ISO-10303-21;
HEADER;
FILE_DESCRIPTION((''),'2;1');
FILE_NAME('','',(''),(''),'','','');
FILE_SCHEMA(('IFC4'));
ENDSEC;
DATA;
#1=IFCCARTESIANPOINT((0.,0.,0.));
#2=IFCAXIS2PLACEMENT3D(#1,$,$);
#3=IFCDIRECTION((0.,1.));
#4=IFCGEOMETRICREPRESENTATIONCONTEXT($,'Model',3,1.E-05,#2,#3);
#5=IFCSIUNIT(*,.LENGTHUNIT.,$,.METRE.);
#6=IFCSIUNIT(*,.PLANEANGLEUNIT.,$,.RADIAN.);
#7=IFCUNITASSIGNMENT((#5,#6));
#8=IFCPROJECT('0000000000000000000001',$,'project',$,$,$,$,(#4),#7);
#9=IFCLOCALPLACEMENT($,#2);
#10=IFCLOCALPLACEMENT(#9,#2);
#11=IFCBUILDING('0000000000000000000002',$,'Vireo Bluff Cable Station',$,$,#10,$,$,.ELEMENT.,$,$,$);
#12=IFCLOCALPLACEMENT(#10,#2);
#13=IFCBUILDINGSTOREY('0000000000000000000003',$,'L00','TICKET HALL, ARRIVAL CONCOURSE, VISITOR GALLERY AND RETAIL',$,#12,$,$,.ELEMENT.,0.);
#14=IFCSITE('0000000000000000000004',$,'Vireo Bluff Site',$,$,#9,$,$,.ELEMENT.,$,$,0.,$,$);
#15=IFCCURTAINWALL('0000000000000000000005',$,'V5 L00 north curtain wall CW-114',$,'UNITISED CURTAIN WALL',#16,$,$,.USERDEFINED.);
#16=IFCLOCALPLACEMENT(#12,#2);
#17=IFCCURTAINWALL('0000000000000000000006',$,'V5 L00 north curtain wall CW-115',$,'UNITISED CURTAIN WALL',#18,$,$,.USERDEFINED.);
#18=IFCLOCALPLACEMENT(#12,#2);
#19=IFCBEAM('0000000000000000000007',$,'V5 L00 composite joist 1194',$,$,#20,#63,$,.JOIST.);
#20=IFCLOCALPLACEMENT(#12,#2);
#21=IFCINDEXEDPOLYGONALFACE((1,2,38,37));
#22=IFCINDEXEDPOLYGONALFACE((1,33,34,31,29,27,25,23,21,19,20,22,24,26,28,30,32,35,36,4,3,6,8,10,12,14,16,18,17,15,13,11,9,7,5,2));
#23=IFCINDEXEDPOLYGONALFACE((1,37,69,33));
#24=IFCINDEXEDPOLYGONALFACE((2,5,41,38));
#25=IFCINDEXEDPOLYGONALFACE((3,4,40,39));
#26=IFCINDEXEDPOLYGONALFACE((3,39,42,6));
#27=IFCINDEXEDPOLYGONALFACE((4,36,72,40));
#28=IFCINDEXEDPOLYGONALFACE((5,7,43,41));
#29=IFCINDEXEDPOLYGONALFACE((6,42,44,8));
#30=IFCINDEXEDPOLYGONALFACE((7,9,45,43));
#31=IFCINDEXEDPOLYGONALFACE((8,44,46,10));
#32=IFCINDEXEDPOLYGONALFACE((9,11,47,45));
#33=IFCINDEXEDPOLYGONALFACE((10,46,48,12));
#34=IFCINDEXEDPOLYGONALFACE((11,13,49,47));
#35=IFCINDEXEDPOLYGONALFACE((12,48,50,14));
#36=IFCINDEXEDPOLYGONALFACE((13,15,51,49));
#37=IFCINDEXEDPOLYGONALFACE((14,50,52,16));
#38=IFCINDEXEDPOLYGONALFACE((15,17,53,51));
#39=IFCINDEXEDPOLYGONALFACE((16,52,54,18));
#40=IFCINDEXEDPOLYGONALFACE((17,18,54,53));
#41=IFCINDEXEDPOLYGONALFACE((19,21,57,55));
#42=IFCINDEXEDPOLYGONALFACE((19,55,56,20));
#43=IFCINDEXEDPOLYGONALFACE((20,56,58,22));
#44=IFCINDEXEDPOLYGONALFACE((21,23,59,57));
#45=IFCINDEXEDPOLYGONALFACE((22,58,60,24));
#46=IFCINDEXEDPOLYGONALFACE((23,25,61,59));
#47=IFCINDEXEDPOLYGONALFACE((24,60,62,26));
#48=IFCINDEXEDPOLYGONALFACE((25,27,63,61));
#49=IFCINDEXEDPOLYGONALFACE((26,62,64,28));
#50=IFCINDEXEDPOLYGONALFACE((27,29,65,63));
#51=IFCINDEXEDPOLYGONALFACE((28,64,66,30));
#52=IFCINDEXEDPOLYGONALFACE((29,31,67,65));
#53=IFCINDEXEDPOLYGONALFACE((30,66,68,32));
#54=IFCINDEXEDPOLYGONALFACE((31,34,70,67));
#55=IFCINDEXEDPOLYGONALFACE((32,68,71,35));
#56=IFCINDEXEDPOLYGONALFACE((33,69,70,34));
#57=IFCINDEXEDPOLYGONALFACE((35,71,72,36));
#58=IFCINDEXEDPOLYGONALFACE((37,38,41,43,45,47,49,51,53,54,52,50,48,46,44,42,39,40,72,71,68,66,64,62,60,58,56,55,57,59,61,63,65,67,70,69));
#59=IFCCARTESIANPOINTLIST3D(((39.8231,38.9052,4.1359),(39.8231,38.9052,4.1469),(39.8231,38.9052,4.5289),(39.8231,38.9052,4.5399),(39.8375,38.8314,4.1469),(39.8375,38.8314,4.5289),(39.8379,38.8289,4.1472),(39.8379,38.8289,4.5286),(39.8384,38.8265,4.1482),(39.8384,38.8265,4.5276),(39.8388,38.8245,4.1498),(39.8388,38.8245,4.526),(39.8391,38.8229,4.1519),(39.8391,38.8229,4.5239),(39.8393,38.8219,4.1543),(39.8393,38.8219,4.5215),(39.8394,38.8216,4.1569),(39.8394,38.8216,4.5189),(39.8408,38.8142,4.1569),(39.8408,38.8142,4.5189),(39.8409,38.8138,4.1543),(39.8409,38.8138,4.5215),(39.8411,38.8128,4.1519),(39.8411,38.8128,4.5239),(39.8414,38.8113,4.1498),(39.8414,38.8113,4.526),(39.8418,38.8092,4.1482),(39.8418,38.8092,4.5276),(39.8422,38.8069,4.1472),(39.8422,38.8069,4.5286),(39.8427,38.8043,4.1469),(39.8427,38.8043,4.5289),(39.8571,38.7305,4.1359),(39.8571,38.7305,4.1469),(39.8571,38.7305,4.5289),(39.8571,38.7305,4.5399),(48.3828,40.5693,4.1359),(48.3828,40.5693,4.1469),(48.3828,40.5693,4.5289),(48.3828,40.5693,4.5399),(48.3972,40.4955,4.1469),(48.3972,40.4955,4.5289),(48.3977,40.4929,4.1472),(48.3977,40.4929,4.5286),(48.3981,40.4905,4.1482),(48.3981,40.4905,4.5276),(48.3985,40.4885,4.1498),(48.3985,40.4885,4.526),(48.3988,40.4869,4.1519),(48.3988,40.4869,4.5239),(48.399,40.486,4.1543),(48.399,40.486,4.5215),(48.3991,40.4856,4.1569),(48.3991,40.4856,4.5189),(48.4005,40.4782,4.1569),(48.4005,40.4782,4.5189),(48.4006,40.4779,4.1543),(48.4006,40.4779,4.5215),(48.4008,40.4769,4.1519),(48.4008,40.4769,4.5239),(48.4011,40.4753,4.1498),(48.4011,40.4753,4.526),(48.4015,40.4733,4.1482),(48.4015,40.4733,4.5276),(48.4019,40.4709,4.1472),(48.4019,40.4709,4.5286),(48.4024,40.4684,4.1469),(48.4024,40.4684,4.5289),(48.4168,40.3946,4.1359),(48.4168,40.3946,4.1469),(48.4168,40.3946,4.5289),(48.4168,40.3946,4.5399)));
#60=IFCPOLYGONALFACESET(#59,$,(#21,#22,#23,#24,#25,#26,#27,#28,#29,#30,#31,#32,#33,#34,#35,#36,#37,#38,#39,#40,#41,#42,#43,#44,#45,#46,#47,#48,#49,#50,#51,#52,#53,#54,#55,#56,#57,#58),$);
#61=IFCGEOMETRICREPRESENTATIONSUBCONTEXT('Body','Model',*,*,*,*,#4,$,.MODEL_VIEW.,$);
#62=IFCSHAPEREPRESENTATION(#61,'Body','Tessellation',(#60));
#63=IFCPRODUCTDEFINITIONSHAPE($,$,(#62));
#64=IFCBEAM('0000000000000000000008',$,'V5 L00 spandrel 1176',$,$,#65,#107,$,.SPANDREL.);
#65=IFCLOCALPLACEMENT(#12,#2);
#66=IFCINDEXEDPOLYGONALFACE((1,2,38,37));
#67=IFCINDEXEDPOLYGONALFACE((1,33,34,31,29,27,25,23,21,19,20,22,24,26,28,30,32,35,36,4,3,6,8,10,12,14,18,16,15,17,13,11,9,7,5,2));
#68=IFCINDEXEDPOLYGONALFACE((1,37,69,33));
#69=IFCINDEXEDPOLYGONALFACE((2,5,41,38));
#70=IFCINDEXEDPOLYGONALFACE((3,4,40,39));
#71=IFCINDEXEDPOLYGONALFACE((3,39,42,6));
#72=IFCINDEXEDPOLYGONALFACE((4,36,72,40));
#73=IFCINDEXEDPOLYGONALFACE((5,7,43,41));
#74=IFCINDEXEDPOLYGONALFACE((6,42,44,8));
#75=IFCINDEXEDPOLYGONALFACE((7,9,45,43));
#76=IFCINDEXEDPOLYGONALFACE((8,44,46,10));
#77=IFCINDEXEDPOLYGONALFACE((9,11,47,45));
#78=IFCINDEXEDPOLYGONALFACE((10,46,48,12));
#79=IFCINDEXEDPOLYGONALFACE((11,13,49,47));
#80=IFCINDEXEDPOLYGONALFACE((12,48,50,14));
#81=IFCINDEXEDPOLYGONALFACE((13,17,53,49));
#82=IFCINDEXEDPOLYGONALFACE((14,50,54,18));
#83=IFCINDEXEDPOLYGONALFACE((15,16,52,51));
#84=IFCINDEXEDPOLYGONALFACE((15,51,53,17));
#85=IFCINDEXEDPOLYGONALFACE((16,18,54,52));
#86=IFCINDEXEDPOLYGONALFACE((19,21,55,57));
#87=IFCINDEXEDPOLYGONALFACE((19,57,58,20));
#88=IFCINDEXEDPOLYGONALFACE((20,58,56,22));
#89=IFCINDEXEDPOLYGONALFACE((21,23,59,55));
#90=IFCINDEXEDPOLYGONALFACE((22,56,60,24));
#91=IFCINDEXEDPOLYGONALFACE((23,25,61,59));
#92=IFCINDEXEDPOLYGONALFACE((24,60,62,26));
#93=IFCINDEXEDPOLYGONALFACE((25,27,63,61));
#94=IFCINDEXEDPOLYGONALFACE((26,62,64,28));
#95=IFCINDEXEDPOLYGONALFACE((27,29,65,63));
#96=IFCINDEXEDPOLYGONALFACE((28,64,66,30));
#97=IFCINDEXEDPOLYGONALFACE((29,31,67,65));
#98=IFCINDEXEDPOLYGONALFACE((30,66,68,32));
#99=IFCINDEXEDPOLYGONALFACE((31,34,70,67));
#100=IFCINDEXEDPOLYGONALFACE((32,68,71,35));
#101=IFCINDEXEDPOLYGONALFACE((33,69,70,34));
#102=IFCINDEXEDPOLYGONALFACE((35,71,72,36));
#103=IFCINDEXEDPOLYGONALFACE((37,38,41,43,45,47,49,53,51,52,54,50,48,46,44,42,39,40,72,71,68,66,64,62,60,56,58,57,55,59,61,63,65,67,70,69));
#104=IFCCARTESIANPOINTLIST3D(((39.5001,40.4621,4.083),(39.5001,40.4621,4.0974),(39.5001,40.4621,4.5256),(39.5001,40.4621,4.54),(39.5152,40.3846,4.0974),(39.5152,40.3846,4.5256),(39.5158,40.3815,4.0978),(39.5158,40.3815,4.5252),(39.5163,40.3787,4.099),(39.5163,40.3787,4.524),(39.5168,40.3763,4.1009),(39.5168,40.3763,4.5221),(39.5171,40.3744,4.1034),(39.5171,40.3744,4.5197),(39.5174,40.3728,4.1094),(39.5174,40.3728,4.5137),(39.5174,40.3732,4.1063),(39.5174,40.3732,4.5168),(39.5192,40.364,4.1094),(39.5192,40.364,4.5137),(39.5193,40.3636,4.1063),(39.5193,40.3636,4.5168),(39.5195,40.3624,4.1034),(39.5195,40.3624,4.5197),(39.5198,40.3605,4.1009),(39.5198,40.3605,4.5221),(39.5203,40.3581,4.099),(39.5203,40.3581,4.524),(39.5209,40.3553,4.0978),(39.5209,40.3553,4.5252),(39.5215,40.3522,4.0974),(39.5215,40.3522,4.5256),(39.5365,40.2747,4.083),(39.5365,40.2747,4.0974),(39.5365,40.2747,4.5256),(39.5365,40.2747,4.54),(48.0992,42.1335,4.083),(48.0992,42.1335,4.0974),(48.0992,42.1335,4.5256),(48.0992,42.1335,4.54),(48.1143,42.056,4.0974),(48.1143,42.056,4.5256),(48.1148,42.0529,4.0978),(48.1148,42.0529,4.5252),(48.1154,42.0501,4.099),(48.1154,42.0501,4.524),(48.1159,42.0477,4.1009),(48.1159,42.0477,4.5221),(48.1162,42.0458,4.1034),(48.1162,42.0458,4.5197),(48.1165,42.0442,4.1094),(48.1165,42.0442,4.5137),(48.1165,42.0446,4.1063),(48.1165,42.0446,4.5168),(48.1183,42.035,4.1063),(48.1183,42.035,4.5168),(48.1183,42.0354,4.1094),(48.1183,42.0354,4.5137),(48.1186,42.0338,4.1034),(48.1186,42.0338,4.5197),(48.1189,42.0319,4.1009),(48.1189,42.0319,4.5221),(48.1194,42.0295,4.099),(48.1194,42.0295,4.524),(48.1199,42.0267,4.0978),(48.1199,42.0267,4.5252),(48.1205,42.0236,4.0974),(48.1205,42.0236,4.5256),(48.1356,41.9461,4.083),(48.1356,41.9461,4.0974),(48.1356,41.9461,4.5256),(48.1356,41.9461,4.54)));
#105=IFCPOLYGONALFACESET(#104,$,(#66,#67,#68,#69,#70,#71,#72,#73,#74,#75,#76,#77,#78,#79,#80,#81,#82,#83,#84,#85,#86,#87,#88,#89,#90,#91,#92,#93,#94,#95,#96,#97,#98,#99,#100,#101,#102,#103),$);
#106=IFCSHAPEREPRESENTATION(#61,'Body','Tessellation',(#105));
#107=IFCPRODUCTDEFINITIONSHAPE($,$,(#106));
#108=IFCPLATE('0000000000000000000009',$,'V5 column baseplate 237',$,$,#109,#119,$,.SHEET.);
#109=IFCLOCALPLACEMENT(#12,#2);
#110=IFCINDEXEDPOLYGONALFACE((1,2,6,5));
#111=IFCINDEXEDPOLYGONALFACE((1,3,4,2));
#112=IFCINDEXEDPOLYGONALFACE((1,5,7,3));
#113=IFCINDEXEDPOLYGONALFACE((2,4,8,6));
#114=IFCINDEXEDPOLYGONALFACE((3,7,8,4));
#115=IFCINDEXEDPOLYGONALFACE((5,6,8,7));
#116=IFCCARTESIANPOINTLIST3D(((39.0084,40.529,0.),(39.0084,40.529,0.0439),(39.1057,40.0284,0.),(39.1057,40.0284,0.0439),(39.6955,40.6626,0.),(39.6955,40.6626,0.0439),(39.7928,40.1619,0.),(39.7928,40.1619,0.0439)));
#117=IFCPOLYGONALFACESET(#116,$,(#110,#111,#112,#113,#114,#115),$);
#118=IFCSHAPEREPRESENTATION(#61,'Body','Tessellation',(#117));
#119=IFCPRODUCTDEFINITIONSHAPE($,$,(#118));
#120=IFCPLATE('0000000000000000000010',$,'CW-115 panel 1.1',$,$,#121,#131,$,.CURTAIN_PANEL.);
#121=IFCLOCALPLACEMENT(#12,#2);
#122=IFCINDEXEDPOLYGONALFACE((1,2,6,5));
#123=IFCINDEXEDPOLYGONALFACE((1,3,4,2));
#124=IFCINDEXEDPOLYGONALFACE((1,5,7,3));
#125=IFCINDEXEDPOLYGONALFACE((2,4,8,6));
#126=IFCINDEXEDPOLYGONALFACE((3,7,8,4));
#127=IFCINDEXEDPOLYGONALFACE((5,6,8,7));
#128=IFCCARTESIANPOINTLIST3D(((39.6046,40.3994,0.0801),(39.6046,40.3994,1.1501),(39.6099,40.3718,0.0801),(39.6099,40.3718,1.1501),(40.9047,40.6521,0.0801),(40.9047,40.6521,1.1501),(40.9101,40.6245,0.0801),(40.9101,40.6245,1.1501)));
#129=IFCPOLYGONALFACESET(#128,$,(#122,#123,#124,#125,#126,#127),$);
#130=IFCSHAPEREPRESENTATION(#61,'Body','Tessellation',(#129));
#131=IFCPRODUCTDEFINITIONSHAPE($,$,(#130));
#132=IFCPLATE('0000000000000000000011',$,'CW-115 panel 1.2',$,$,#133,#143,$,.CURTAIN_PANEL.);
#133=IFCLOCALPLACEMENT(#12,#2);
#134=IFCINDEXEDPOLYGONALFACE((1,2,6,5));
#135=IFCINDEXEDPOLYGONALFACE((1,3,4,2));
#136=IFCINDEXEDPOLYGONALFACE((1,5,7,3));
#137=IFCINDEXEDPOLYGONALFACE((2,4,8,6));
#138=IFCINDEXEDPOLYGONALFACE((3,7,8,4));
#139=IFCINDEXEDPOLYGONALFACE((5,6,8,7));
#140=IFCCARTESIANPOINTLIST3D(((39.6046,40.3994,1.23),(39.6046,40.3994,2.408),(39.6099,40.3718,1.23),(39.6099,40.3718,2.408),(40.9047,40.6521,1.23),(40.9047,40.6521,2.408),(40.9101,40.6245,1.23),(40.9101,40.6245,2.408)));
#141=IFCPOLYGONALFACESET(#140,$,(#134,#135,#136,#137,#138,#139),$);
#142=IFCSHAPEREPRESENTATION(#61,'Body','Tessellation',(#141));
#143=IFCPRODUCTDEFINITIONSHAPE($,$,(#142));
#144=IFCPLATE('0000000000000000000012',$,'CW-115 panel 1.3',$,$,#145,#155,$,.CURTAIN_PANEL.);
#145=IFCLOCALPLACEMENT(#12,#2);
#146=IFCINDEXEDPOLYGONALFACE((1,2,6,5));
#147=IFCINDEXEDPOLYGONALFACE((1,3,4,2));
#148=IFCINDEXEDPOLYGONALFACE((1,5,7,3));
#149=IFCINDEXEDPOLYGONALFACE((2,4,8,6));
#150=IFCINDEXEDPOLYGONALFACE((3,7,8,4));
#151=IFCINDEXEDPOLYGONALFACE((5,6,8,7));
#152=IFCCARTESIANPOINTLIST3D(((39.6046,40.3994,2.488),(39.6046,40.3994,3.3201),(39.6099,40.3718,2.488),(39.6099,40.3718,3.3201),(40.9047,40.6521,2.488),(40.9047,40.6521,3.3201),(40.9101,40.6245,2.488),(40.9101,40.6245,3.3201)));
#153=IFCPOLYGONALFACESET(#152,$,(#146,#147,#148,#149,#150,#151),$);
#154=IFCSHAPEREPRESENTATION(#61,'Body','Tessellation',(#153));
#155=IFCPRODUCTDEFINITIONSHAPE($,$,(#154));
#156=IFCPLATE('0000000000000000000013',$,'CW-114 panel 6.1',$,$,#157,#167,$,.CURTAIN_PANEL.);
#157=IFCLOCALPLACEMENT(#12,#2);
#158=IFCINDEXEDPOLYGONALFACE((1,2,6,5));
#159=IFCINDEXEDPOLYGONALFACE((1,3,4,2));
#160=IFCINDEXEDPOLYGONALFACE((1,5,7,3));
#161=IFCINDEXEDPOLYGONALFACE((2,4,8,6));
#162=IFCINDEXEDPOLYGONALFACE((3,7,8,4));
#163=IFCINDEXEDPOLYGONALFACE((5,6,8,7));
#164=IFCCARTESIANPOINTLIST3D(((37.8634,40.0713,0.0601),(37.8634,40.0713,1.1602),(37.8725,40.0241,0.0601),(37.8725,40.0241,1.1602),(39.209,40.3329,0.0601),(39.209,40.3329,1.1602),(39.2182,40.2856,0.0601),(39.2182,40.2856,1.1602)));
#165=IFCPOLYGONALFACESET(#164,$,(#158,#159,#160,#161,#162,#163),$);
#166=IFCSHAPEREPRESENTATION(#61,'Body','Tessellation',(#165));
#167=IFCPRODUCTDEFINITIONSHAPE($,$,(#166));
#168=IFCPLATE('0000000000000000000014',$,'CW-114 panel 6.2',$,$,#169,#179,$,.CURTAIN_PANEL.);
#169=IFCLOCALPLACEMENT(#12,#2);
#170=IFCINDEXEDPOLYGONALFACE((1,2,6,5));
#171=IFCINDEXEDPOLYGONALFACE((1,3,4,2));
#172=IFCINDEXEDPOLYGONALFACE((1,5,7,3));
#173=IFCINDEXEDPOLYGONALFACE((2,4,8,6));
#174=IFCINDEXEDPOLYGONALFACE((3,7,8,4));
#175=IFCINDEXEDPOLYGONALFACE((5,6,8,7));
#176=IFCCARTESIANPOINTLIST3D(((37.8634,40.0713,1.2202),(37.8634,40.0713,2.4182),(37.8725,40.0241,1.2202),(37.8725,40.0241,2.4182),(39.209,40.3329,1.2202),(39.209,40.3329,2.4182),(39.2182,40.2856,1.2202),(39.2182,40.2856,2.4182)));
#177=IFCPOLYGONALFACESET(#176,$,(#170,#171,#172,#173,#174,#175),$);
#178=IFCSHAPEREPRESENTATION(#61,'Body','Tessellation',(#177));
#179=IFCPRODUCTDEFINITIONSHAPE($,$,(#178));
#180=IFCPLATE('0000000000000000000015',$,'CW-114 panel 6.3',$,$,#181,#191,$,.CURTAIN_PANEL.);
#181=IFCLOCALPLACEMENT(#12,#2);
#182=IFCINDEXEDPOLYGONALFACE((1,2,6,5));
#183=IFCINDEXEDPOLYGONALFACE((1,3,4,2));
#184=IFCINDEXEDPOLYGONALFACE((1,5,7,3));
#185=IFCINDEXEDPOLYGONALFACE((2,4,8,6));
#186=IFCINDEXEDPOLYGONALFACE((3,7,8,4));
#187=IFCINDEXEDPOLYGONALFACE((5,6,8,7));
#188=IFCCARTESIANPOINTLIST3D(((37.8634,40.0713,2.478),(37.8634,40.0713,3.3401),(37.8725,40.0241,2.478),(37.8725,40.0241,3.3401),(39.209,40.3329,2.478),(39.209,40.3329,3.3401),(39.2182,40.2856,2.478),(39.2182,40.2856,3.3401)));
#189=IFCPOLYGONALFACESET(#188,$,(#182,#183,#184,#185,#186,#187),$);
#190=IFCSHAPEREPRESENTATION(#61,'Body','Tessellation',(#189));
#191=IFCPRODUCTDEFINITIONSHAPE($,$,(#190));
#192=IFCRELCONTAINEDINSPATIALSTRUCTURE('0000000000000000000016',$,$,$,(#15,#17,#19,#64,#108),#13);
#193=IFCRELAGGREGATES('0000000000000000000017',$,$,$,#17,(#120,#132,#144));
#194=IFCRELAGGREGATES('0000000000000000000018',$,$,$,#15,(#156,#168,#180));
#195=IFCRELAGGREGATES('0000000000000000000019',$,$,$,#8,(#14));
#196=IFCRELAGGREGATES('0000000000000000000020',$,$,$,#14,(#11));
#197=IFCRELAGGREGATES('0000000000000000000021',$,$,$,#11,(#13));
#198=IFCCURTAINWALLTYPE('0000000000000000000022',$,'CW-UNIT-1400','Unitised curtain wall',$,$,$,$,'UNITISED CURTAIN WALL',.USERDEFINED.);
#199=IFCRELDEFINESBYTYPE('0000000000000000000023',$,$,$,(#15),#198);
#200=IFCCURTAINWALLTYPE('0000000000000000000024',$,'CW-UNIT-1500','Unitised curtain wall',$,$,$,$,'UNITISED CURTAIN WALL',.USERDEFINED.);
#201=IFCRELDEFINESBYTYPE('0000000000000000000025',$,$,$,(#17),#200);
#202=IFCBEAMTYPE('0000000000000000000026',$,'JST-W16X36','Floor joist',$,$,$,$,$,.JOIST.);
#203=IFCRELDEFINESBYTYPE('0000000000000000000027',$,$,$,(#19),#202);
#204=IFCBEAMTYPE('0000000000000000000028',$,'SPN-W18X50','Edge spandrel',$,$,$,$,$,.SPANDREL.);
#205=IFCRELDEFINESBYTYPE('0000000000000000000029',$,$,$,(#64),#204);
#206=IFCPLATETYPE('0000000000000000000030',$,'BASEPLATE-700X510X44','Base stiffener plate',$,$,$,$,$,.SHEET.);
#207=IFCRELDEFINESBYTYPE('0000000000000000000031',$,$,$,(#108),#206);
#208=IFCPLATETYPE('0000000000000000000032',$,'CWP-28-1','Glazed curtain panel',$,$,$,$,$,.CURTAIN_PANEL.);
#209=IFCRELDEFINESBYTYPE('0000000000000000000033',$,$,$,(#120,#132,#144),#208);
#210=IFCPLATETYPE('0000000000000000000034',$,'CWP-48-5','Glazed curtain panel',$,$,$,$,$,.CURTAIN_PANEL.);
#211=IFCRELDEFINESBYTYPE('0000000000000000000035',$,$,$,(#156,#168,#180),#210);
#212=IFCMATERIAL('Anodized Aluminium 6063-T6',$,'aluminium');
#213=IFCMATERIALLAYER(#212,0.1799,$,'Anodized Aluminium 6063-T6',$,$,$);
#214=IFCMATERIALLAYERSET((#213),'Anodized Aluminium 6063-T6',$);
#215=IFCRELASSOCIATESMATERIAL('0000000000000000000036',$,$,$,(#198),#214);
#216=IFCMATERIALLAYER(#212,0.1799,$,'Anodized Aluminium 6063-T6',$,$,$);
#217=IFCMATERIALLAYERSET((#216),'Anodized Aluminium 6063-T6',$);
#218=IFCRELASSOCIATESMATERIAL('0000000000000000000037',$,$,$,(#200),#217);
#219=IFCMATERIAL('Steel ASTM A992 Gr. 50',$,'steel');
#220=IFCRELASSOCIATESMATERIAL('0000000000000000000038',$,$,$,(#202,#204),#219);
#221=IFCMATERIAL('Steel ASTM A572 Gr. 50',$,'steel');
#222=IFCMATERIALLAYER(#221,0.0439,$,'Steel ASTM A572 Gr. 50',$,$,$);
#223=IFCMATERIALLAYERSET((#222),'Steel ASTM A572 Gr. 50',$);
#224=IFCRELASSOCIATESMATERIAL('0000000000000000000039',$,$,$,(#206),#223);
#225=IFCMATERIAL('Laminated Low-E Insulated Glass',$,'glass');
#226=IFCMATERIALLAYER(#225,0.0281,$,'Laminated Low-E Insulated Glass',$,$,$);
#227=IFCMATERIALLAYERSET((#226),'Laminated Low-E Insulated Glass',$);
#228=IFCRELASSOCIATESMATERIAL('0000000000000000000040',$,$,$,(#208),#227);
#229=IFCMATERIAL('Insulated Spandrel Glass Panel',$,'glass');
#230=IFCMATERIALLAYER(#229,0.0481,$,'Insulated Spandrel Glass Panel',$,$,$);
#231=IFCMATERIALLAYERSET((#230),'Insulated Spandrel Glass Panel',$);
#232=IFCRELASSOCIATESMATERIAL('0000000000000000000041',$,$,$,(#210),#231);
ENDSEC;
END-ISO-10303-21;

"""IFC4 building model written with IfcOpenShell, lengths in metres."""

from ifc_helpers import new_model, si_unit, direction, frame, origin, origin_2d, place, context, subcontext, project, spatial, rectangle, i_section, extrude, material, layer, layer_set, material_profile, profile_set, type_object, element, aggregate, save


model = new_model("IFC4")

# Units and contexts
model_context = context("Model", 3, precision=1e-05, world=origin(), true_north=direction((0.0, 1.0)))
body_context = subcontext(model_context, "Body", "Model", "MODEL_VIEW")
ifc_project = project(units=[si_unit("LENGTHUNIT", "METRE"), si_unit("PLANEANGLEUNIT", "RADIAN")], contexts=[model_context])

# Site, building, storey
site_placement = place(None, origin())
site = spatial("IfcSite", under=ifc_project, at=site_placement, Name="Vireo Bluff Site", CompositionType="ELEMENT", RefElevation=0.0)
building_placement = place(site_placement, origin())
building = spatial("IfcBuilding", under=site, at=building_placement, Name="Vireo Bluff Cable Station", CompositionType="ELEMENT")
storey_placement = place(building_placement, origin())
storey = spatial("IfcBuildingStorey", under=building, at=storey_placement, Name="L00", Description="TICKET HALL, ARRIVAL CONCOURSE, VISITOR GALLERY AND RETAIL", CompositionType="ELEMENT", Elevation=0.0)

# Shared definitions
ifc_material_1 = material(Name="Steel ASTM A992 Gr. 50", Category="steel")

# Curtain walls
ifc_material_2 = material(Name="Anodized Aluminium 6063-T6", Category="aluminium")
ifc_layer_1 = layer(ifc_material_2, 0.1799, Name="Anodized Aluminium 6063-T6")
ifc_layer_set_1 = layer_set([ifc_layer_1], Name="Anodized Aluminium 6063-T6")
curtain_wall_type_1 = type_object("IfcCurtainWallType", Name="CW-UNIT-1400", Description="Unitised curtain wall", ElementType="UNITISED CURTAIN WALL", PredefinedType="USERDEFINED", material=ifc_layer_set_1)
curtain_wall_1_placement = place(storey_placement, origin())
curtain_wall_1 = element("IfcCurtainWall", 1, at=curtain_wall_1_placement, inside=storey, type_object=curtain_wall_type_1, Name="V5 L00 north curtain wall CW-114", ObjectType="UNITISED CURTAIN WALL", PredefinedType="USERDEFINED")
ifc_layer_2 = layer(ifc_material_2, 0.1799, Name="Anodized Aluminium 6063-T6")
ifc_layer_set_2 = layer_set([ifc_layer_2], Name="Anodized Aluminium 6063-T6")
curtain_wall_type_2 = type_object("IfcCurtainWallType", Name="CW-UNIT-1500", Description="Unitised curtain wall", ElementType="UNITISED CURTAIN WALL", PredefinedType="USERDEFINED", material=ifc_layer_set_2)
curtain_wall_2_placement = place(storey_placement, origin())
curtain_wall_2 = element("IfcCurtainWall", 2, at=curtain_wall_2_placement, inside=storey, type_object=curtain_wall_type_2, Name="V5 L00 north curtain wall CW-115", ObjectType="UNITISED CURTAIN WALL", PredefinedType="USERDEFINED")

# Beams
ifc_material_profile_1 = material_profile(ifc_material_1, i_section(OverallWidth=0.178, OverallDepth=0.4041, WebThickness=0.0076, FlangeThickness=0.011, FilletRadius=0.01, at=origin_2d()), Name="W16X36")
ifc_profile_set_1 = profile_set([ifc_material_profile_1], Name="Steel ASTM A992 Gr. 50")
beam_type_1 = type_object("IfcBeamType", Name="JST-W16X36", Description="Floor joist", PredefinedType="JOIST", material=ifc_profile_set_1)
beam_1_placement = place(storey_placement, frame((39.8401, 38.8179, 4.3379), z_axis=(0.981623, 0.190831, 0.0), x_axis=(-0.190831, 0.981623, 0.0)))
element("IfcBeam", 3, at=beam_1_placement, inside=storey, type_object=beam_type_1, Name="V5 L00 composite joist 1194", PredefinedType="JOIST", context=body_context, shape_type="SweptSolid", body=[
    extrude(i_section(OverallWidth=0.178, OverallDepth=0.4041, WebThickness=0.0076, FlangeThickness=0.011, FilletRadius=0.01, at=origin_2d()), origin(), (0.0, 0.0, 1.0), 8.72),
])
ifc_material_profile_2 = material_profile(ifc_material_1, i_section(OverallWidth=0.1909, OverallDepth=0.457, WebThickness=0.009, FlangeThickness=0.0144, FilletRadius=0.012, at=origin_2d()), Name="W18X50")
ifc_profile_set_2 = profile_set([ifc_material_profile_2], Name="Steel ASTM A992 Gr. 50")
beam_type_2 = type_object("IfcBeamType", Name="SPN-W18X50", Description="Edge spandrel", PredefinedType="SPANDREL", material=ifc_profile_set_2)
beam_2_placement = place(storey_placement, frame((39.5183, 40.3684, 4.3115), z_axis=(0.98163, 0.190797, 0.0), x_axis=(-0.190797, 0.98163, 0.0)))
element("IfcBeam", 4, at=beam_2_placement, inside=storey, type_object=beam_type_2, Name="V5 L00 spandrel 1176", PredefinedType="SPANDREL", context=body_context, shape_type="SweptSolid", body=[
    extrude(i_section(OverallWidth=0.1909, OverallDepth=0.457, WebThickness=0.009, FlangeThickness=0.0144, FilletRadius=0.012, at=origin_2d()), origin(), (0.0, 0.0, 1.0), 8.76),
])

# Plates
ifc_material_3 = material(Name="Steel ASTM A572 Gr. 50", Category="steel")
ifc_layer_3 = layer(ifc_material_3, 0.0439, Name="Steel ASTM A572 Gr. 50")
ifc_layer_set_3 = layer_set([ifc_layer_3], Name="Steel ASTM A572 Gr. 50")
plate_type_1 = type_object("IfcPlateType", Name="BASEPLATE-700X510X44", Description="Base stiffener plate", PredefinedType="SHEET", material=ifc_layer_set_3)
plate_1_placement = place(storey_placement, frame((39.4006, 40.3455, 0.0), z_axis=(0.0, 0.0, 1.0), x_axis=(0.981627, 0.190809, 0.0)))
element("IfcPlate", 5, at=plate_1_placement, inside=storey, type_object=plate_type_1, Name="V5 column baseplate 237", PredefinedType="SHEET", context=body_context, shape_type="SweptSolid", body=[
    extrude(rectangle(XDim=0.7, YDim=0.51, at=origin_2d()), origin(), (0.0, 0.0, 1.0), 0.0439),
])
ifc_material_4 = material(Name="Laminated Low-E Insulated Glass", Category="glass")
ifc_layer_4 = layer(ifc_material_4, 0.0281, Name="Laminated Low-E Insulated Glass")
ifc_layer_set_4 = layer_set([ifc_layer_4], Name="Laminated Low-E Insulated Glass")
plate_type_2 = type_object("IfcPlateType", Name="CWP-28-1", Description="Glazed curtain panel", PredefinedType="CURTAIN_PANEL", material=ifc_layer_set_4)
plate_2_placement = place(storey_placement, frame((40.2573, 40.512, 0.0801), z_axis=(0.0, 0.0, 1.0), x_axis=(0.981627, 0.190809, 0.0)))
plate_2 = element("IfcPlate", 6, at=plate_2_placement, type_object=plate_type_2, Name="CW-115 panel 1.1", PredefinedType="CURTAIN_PANEL", context=body_context, shape_type="SweptSolid", body=[
    extrude(rectangle(XDim=1.3245, YDim=0.0281, at=origin_2d()), origin(), (0.0, 0.0, 1.0), 1.0701),
])
plate_3_placement = place(storey_placement, frame((40.2573, 40.512, 1.23), z_axis=(0.0, 0.0, 1.0), x_axis=(0.981627, 0.190809, 0.0)))
plate_3 = element("IfcPlate", 7, at=plate_3_placement, type_object=plate_type_2, Name="CW-115 panel 1.2", PredefinedType="CURTAIN_PANEL", context=body_context, shape_type="SweptSolid", body=[
    extrude(rectangle(XDim=1.3245, YDim=0.0281, at=origin_2d()), origin(), (0.0, 0.0, 1.0), 1.178),
])
plate_4_placement = place(storey_placement, frame((40.2573, 40.512, 2.488), z_axis=(0.0, 0.0, 1.0), x_axis=(0.981627, 0.190809, 0.0)))
plate_4 = element("IfcPlate", 8, at=plate_4_placement, type_object=plate_type_2, Name="CW-115 panel 1.3", PredefinedType="CURTAIN_PANEL", context=body_context, shape_type="SweptSolid", body=[
    extrude(rectangle(XDim=1.3245, YDim=0.0281, at=origin_2d()), origin(), (0.0, 0.0, 1.0), 0.832),
])
aggregate(curtain_wall_2, [plate_2, plate_3, plate_4])
ifc_material_5 = material(Name="Insulated Spandrel Glass Panel", Category="glass")
ifc_layer_5 = layer(ifc_material_5, 0.0481, Name="Insulated Spandrel Glass Panel")
ifc_layer_set_5 = layer_set([ifc_layer_5], Name="Insulated Spandrel Glass Panel")
plate_type_3 = type_object("IfcPlateType", Name="CWP-48-5", Description="Glazed curtain panel", PredefinedType="CURTAIN_PANEL", material=ifc_layer_set_5)
plate_5_placement = place(storey_placement, frame((38.5408, 40.1785, 0.0601), z_axis=(0.0, 0.0, 1.0), x_axis=(0.981627, 0.190809, 0.0)))
plate_5 = element("IfcPlate", 9, at=plate_5_placement, type_object=plate_type_3, Name="CW-114 panel 6.1", PredefinedType="CURTAIN_PANEL", context=body_context, shape_type="SweptSolid", body=[
    extrude(rectangle(XDim=1.3708, YDim=0.0481, at=origin_2d()), origin(), (0.0, 0.0, 1.0), 1.1001),
])
plate_6_placement = place(storey_placement, frame((38.5408, 40.1785, 1.2202), z_axis=(0.0, 0.0, 1.0), x_axis=(0.981627, 0.190809, 0.0)))
plate_6 = element("IfcPlate", 10, at=plate_6_placement, type_object=plate_type_3, Name="CW-114 panel 6.2", PredefinedType="CURTAIN_PANEL", context=body_context, shape_type="SweptSolid", body=[
    extrude(rectangle(XDim=1.3708, YDim=0.0481, at=origin_2d()), origin(), (0.0, 0.0, 1.0), 1.198),
])
plate_7_placement = place(storey_placement, frame((38.5408, 40.1785, 2.478), z_axis=(0.0, 0.0, 1.0), x_axis=(0.981627, 0.190809, 0.0)))
plate_7 = element("IfcPlate", 11, at=plate_7_placement, type_object=plate_type_3, Name="CW-114 panel 6.3", PredefinedType="CURTAIN_PANEL", context=body_context, shape_type="SweptSolid", body=[
    extrude(rectangle(XDim=1.3708, YDim=0.0481, at=origin_2d()), origin(), (0.0, 0.0, 1.0), 0.8621),
])
aggregate(curtain_wall_1, [plate_5, plate_6, plate_7])

save(model, "model.ifc")
